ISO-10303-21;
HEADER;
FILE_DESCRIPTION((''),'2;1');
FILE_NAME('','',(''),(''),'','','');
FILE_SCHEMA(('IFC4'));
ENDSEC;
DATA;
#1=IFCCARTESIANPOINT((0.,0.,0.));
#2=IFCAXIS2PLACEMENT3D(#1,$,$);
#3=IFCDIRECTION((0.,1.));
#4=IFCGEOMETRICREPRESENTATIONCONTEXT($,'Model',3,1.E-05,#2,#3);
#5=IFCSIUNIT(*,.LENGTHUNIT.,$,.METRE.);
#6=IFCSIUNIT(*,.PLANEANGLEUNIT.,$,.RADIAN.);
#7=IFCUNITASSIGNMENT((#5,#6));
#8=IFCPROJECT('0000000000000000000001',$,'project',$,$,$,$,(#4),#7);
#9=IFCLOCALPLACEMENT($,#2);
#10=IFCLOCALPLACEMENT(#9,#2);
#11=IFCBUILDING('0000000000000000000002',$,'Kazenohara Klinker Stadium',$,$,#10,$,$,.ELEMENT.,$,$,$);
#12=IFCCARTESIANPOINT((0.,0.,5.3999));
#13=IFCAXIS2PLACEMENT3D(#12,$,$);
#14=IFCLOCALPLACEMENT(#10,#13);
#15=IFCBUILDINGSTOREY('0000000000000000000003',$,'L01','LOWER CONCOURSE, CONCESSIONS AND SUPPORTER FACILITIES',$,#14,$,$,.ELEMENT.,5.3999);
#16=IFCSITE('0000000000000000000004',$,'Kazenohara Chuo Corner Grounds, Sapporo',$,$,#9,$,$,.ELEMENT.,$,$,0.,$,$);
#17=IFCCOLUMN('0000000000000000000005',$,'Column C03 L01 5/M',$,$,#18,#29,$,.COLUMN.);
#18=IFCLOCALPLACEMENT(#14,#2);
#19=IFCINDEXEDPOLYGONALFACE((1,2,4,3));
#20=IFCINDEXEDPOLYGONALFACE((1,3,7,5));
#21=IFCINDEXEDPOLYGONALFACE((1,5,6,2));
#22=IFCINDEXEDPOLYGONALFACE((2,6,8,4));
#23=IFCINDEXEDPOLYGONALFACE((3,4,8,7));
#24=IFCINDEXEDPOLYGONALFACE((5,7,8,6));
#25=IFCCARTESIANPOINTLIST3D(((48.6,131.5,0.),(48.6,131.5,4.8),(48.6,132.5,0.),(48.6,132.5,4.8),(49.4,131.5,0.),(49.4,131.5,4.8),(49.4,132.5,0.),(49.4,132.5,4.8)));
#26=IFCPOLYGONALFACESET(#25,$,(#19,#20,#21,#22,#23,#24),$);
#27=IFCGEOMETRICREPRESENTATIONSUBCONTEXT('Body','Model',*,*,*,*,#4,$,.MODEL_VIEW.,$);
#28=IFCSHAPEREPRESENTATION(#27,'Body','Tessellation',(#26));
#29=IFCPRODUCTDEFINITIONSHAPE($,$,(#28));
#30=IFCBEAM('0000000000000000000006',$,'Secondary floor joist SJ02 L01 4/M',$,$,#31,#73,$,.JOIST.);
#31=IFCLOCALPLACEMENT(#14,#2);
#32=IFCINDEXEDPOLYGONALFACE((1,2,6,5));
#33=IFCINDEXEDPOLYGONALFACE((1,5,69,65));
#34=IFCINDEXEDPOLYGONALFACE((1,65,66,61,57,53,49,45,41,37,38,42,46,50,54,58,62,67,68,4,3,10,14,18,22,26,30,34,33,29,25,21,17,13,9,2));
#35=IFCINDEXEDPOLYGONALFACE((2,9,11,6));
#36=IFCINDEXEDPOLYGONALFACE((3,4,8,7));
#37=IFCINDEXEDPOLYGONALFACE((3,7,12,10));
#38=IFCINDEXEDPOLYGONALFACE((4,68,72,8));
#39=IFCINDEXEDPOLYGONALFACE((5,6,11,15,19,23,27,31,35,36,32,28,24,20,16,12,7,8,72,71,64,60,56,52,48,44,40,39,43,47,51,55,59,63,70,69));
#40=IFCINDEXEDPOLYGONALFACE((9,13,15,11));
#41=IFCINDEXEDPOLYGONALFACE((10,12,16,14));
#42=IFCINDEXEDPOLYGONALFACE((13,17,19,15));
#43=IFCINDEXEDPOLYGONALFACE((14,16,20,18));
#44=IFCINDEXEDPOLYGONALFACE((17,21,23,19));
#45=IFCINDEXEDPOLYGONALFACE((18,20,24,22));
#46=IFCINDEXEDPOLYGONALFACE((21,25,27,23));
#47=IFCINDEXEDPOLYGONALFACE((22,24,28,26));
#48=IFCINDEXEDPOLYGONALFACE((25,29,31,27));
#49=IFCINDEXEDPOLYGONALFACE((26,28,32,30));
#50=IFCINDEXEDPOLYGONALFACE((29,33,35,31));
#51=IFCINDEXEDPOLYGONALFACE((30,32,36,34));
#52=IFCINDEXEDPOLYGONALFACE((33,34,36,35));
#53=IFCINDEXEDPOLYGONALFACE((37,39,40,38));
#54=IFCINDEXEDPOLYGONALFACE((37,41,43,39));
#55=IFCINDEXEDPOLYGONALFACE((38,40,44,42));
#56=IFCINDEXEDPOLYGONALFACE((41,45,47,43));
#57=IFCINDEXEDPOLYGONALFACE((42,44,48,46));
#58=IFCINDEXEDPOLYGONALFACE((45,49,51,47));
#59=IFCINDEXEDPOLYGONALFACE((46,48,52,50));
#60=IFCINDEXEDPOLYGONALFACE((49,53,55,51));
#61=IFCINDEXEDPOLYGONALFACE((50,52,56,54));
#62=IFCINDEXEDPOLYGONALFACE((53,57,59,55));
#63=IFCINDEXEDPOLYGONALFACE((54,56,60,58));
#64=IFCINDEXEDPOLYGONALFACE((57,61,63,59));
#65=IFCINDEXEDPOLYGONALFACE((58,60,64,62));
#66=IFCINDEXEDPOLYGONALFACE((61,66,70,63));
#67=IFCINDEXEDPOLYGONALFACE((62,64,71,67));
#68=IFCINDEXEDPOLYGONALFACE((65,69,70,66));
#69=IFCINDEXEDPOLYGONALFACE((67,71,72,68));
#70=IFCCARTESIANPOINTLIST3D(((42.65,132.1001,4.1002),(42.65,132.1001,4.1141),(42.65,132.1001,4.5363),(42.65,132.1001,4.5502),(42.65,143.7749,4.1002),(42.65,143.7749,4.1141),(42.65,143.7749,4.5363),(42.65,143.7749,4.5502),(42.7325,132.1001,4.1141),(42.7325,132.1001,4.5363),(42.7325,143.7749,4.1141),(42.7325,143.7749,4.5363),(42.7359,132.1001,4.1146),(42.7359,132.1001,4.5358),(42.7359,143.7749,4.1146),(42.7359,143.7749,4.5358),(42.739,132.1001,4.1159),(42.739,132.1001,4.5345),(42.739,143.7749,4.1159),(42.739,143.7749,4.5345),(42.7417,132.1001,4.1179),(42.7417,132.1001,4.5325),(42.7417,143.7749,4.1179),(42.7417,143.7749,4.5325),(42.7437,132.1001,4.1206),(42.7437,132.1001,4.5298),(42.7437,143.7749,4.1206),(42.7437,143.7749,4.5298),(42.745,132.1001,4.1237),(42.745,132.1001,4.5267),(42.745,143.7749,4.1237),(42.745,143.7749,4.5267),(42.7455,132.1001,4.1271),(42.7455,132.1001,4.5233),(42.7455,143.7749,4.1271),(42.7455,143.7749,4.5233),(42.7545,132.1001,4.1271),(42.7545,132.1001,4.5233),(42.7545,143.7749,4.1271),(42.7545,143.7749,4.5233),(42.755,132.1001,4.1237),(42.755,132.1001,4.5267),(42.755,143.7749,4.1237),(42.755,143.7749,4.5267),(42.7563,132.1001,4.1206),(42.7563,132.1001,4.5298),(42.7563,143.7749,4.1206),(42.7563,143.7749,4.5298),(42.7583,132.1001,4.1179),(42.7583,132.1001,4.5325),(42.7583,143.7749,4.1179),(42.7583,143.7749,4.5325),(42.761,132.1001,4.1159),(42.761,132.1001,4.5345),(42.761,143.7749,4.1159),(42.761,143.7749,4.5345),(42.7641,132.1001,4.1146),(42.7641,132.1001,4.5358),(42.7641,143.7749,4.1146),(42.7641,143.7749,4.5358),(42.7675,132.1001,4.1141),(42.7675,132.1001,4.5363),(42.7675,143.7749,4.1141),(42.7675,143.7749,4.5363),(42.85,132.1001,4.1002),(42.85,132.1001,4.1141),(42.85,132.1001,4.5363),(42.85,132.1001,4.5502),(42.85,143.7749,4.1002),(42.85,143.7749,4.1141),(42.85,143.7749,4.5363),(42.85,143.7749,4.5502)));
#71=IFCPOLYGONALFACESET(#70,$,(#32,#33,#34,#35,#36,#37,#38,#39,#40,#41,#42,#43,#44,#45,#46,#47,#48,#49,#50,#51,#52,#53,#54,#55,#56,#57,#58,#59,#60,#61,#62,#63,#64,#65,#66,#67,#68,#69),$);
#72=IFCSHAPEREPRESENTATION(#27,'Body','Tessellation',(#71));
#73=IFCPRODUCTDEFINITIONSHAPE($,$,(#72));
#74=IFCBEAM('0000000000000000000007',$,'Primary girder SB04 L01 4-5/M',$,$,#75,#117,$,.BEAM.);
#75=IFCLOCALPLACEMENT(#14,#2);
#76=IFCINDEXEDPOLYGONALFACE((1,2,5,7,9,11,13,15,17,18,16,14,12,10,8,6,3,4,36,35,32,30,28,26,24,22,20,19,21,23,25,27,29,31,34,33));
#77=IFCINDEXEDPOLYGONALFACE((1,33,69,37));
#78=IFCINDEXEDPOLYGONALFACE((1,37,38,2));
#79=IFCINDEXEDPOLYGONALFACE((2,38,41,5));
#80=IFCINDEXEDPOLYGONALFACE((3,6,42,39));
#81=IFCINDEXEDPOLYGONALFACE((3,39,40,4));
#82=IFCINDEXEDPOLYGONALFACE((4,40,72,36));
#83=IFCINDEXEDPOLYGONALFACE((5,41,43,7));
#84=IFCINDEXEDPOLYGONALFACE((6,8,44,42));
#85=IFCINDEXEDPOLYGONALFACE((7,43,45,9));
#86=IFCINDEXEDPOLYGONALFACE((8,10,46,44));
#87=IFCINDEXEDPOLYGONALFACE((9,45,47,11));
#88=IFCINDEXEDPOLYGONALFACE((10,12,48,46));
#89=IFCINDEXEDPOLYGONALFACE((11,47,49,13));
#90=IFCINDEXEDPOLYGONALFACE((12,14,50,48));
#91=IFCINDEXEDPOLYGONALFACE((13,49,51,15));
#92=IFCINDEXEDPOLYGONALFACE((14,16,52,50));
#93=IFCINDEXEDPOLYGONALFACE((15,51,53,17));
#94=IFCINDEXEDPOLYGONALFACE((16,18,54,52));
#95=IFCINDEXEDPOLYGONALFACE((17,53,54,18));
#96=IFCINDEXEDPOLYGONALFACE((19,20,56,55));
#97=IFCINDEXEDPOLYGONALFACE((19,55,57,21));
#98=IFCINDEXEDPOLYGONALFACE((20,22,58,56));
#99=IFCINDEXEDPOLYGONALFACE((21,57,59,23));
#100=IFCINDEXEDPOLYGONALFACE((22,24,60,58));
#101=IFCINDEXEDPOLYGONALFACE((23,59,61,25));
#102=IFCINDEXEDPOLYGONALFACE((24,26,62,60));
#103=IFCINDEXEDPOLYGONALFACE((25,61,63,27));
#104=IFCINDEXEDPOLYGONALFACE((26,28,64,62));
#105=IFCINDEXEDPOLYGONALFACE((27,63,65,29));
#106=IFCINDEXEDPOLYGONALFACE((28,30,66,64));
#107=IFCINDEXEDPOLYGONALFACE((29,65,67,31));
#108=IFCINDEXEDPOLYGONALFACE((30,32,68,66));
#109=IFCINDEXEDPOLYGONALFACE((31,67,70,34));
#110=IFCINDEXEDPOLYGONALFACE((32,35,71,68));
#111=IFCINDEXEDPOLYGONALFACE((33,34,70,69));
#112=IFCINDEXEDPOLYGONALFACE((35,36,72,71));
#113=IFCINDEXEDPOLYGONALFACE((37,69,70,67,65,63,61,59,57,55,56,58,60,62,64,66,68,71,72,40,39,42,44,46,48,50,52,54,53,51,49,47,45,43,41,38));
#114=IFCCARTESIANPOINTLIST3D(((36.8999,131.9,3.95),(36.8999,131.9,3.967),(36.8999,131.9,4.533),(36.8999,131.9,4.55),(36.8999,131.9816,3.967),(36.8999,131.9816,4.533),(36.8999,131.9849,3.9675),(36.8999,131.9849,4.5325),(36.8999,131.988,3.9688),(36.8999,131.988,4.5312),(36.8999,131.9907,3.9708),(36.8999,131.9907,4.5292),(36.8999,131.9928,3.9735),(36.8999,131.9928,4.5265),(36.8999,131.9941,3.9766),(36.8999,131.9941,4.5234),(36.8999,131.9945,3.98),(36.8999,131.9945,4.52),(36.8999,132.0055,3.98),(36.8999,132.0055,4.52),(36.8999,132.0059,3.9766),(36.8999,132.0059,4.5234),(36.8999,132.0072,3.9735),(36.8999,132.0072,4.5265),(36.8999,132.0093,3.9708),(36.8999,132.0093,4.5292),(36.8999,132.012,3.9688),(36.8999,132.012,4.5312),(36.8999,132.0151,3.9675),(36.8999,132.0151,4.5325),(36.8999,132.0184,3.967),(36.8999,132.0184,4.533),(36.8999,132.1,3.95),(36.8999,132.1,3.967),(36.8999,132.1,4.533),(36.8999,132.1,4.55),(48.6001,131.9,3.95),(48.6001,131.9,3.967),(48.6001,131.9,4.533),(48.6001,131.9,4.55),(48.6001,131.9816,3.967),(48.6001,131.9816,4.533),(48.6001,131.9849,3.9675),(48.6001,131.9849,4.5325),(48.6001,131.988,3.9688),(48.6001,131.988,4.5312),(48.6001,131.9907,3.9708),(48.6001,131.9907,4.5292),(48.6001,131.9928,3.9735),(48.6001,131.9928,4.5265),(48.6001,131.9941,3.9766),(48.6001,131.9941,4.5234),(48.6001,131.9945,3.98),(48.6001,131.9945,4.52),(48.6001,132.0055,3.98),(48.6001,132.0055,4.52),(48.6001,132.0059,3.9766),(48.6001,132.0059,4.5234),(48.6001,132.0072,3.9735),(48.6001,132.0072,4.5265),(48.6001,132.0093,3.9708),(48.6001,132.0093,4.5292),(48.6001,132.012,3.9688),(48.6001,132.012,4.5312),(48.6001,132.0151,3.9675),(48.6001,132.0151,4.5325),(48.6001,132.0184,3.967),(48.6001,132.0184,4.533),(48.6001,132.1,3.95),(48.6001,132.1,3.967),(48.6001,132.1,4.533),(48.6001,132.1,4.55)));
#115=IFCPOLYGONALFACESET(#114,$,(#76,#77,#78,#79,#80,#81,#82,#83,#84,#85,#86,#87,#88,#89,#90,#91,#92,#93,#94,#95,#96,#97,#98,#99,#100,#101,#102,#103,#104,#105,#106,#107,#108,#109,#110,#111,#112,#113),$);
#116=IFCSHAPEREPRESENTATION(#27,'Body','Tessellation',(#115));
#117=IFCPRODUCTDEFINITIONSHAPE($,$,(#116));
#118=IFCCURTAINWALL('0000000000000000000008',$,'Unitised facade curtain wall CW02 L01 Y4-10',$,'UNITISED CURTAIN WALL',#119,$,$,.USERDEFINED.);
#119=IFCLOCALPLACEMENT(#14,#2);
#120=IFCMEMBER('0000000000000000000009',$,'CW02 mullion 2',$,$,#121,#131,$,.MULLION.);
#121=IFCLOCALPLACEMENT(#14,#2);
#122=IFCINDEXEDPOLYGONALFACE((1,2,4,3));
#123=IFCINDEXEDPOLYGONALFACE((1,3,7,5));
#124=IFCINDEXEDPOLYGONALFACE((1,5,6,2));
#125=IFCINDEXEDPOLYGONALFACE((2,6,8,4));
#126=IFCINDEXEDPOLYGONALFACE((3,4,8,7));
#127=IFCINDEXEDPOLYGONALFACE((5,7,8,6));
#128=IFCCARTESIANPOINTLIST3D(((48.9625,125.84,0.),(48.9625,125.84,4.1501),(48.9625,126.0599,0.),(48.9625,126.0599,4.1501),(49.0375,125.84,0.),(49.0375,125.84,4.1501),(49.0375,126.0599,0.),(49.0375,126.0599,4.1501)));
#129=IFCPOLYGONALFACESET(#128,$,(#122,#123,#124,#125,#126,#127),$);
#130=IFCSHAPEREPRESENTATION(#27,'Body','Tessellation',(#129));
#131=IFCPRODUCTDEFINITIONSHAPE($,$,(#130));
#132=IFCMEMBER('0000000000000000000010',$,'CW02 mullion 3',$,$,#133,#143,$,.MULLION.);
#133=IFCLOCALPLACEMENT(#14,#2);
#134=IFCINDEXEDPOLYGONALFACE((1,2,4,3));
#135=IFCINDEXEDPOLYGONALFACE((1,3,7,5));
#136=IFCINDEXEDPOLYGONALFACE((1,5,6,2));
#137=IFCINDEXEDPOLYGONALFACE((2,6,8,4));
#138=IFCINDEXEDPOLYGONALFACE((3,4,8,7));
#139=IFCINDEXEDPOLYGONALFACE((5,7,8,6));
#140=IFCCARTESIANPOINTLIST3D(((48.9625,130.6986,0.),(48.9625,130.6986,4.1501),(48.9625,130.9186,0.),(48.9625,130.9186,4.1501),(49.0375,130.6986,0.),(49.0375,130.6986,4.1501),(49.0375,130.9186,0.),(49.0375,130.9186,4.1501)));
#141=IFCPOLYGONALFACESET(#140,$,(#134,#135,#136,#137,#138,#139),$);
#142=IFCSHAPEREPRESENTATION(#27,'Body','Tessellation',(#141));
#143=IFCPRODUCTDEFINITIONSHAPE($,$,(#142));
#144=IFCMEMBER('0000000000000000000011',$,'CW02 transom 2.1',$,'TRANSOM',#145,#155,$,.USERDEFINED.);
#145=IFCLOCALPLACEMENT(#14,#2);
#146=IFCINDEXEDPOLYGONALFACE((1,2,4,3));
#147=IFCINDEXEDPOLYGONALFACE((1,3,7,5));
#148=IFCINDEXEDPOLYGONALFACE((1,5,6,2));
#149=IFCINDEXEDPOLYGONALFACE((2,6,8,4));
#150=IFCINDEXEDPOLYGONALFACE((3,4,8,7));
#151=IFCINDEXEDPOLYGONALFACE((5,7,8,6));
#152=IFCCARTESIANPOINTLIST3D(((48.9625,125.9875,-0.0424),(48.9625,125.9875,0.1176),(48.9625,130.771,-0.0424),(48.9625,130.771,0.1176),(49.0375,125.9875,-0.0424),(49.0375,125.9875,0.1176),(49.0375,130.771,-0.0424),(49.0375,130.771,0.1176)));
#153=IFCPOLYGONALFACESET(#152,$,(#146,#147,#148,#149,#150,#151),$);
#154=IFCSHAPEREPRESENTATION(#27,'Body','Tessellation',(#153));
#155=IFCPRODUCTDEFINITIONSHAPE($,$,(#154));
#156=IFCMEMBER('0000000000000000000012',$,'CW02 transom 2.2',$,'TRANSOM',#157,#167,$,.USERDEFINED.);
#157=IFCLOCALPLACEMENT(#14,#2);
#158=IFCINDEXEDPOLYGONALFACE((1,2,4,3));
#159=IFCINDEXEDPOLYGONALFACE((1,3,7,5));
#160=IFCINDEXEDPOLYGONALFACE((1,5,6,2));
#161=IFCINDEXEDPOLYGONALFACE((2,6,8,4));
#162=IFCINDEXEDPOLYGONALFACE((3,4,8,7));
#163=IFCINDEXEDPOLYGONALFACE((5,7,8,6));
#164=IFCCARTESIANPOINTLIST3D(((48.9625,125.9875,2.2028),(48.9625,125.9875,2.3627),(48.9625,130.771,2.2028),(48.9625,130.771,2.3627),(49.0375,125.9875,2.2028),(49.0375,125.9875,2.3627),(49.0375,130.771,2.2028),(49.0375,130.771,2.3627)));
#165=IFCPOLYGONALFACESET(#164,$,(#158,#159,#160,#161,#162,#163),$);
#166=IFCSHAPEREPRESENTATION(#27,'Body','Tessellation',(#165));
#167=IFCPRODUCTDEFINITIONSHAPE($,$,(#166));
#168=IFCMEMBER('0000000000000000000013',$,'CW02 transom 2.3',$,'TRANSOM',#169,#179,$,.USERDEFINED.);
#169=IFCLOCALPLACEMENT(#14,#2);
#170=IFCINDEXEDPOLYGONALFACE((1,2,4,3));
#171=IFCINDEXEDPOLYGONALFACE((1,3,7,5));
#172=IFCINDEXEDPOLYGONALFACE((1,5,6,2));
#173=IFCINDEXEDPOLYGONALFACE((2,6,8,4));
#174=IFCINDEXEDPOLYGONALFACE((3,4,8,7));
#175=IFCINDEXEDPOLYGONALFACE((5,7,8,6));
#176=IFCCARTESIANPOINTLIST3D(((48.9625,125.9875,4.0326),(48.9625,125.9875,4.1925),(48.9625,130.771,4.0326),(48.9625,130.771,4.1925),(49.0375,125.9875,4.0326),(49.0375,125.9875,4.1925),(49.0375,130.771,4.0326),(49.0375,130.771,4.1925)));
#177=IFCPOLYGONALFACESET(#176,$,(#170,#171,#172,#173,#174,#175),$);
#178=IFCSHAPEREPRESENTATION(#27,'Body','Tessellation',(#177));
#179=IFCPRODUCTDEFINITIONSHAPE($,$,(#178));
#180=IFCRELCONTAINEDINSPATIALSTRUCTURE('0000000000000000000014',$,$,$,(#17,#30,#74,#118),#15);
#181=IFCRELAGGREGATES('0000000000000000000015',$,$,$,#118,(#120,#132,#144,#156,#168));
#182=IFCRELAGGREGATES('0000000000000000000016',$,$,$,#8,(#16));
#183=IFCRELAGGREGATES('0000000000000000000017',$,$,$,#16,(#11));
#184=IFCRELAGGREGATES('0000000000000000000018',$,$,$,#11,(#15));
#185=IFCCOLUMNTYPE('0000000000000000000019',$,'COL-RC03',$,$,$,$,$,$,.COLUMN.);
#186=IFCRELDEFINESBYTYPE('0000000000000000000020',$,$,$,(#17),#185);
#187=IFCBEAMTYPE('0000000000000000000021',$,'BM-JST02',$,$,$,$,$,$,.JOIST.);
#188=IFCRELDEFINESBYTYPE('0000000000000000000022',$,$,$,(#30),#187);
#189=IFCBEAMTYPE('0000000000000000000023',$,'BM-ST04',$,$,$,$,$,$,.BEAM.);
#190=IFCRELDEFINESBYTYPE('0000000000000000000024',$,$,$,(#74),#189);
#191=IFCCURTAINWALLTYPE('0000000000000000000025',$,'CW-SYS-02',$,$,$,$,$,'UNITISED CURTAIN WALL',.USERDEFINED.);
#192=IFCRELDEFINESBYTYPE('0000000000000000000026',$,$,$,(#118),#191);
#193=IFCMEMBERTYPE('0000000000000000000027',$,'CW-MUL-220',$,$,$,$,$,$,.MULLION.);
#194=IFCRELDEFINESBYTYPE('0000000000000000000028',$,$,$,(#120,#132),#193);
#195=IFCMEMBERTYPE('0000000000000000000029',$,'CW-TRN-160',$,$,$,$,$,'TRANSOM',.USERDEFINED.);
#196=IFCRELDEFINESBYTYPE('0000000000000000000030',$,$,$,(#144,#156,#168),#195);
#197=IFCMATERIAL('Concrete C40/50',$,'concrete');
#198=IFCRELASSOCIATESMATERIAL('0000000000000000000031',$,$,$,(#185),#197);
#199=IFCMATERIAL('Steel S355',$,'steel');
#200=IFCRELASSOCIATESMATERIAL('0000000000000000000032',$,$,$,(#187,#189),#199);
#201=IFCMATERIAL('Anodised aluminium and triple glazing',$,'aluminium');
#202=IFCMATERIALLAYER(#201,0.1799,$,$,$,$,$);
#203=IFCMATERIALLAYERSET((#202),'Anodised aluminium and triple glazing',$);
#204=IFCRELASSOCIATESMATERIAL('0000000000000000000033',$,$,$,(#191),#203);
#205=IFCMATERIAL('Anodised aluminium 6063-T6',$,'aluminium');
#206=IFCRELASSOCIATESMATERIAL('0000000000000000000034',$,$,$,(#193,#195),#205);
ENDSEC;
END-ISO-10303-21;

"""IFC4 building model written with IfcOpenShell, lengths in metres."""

from ifc_helpers import new_model, si_unit, direction, frame, origin, origin_2d, place, context, subcontext, project, spatial, rectangle, i_section, extrude, material, layer, layer_set, material_profile, profile_set, type_object, element, aggregate, save


model = new_model("IFC4")

# Units and contexts
model_context = context("Model", 3, precision=1e-05, world=origin(), true_north=direction((0.0, 1.0)))
body_context = subcontext(model_context, "Body", "Model", "MODEL_VIEW")
ifc_project = project(units=[si_unit("LENGTHUNIT", "METRE"), si_unit("PLANEANGLEUNIT", "RADIAN")], contexts=[model_context])

# Site, building, storey
site_placement = place(None, origin())
site = spatial("IfcSite", under=ifc_project, at=site_placement, Name="Kazenohara Chuo Corner Grounds, Sapporo", CompositionType="ELEMENT", RefElevation=0.0)
building_placement = place(site_placement, origin())
building = spatial("IfcBuilding", under=site, at=building_placement, Name="Kazenohara Klinker Stadium", CompositionType="ELEMENT")
storey_placement = place(building_placement, frame((0.0, 0.0, 5.3999)))
storey = spatial("IfcBuildingStorey", under=building, at=storey_placement, Name="L01", Description="LOWER CONCOURSE, CONCESSIONS AND SUPPORTER FACILITIES", CompositionType="ELEMENT", Elevation=5.3999)

# Column
ifc_material_1 = material(Name="Concrete C40/50", Category="concrete")
ifc_material_profile_1 = material_profile(ifc_material_1, rectangle(XDim=0.8, YDim=1.0, at=origin_2d()), Name="RC-COL-1000x800")
ifc_profile_set_1 = profile_set([ifc_material_profile_1], Name="Concrete C40/50")
column_type = type_object("IfcColumnType", Name="COL-RC03", PredefinedType="COLUMN", material=ifc_profile_set_1)
column_placement = place(storey_placement, frame((49.0, 132.0, 0.0), z_axis=(0.0, 0.0, 1.0), x_axis=(1.0, 0.0, 0.0)))
element("IfcColumn", 1, at=column_placement, inside=storey, type_object=column_type, Name="Column C03 L01 5/M", PredefinedType="COLUMN", context=body_context, shape_type="SweptSolid", body=[
    extrude(rectangle(XDim=0.8, YDim=1.0, at=origin_2d()), origin(), (0.0, 0.0, 1.0), 4.8),
])

# Beams
ifc_material_2 = material(Name="Steel S355", Category="steel")
ifc_material_profile_2 = material_profile(ifc_material_2, i_section(OverallWidth=0.2, OverallDepth=0.45, WebThickness=0.009, FlangeThickness=0.0139, FilletRadius=0.0129, at=origin_2d()), Name="H-450x200x9x14")
ifc_profile_set_2 = profile_set([ifc_material_profile_2], Name="Steel S355")
beam_type_1 = type_object("IfcBeamType", Name="BM-JST02", PredefinedType="JOIST", material=ifc_profile_set_2)
beam_1_placement = place(storey_placement, frame((42.75, 132.1001, 4.3252), z_axis=(0.0, 1.0, 0.0), x_axis=(-1.0, 0.0, 0.0)))
element("IfcBeam", 2, at=beam_1_placement, inside=storey, type_object=beam_type_1, Name="Secondary floor joist SJ02 L01 4/M", PredefinedType="JOIST", context=body_context, shape_type="SweptSolid", body=[
    extrude(i_section(OverallWidth=0.2, OverallDepth=0.45, WebThickness=0.009, FlangeThickness=0.0139, FilletRadius=0.0129, at=origin_2d()), origin(), (0.0, 0.0, 1.0), 11.6748),
])
ifc_material_profile_3 = material_profile(ifc_material_2, i_section(OverallWidth=0.2, OverallDepth=0.6001, WebThickness=0.011, FlangeThickness=0.0171, FilletRadius=0.0129, at=origin_2d()), Name="H-600x200x11x17")
ifc_profile_set_3 = profile_set([ifc_material_profile_3], Name="Steel S355")
beam_type_2 = type_object("IfcBeamType", Name="BM-ST04", PredefinedType="BEAM", material=ifc_profile_set_3)
beam_2_placement = place(storey_placement, frame((36.8999, 132.0, 4.25), z_axis=(1.0, 0.0, 0.0), x_axis=(0.0, 1.0, 0.0)))
element("IfcBeam", 3, at=beam_2_placement, inside=storey, type_object=beam_type_2, Name="Primary girder SB04 L01 4-5/M", PredefinedType="BEAM", context=body_context, shape_type="SweptSolid", body=[
    extrude(i_section(OverallWidth=0.2, OverallDepth=0.6001, WebThickness=0.011, FlangeThickness=0.0171, FilletRadius=0.0129, at=origin_2d()), origin(), (0.0, 0.0, 1.0), 11.7002),
])

# Curtain wall, members
ifc_material_3 = material(Name="Anodised aluminium and triple glazing", Category="aluminium")
ifc_layer_1 = layer(ifc_material_3, 0.1799)
ifc_layer_set_1 = layer_set([ifc_layer_1], Name="Anodised aluminium and triple glazing")
curtain_wall_type = type_object("IfcCurtainWallType", Name="CW-SYS-02", ElementType="UNITISED CURTAIN WALL", PredefinedType="USERDEFINED", material=ifc_layer_set_1)
curtain_wall_placement = place(storey_placement, origin())
curtain_wall = element("IfcCurtainWall", 4, at=curtain_wall_placement, inside=storey, type_object=curtain_wall_type, Name="Unitised facade curtain wall CW02 L01 Y4-10", ObjectType="UNITISED CURTAIN WALL", PredefinedType="USERDEFINED")
ifc_material_4 = material(Name="Anodised aluminium 6063-T6", Category="aluminium")
ifc_material_profile_4 = material_profile(ifc_material_4, rectangle(XDim=0.075, YDim=0.22, at=origin_2d()), Name="ALU-MUL-75x220")
ifc_profile_set_4 = profile_set([ifc_material_profile_4], Name="Anodised aluminium 6063-T6")
member_type_1 = type_object("IfcMemberType", Name="CW-MUL-220", PredefinedType="MULLION", material=ifc_profile_set_4)
member_1_placement = place(storey_placement, frame((49.0, 125.95, 0.0), z_axis=(0.0, 0.0, 1.0), x_axis=(-1.0, 0.0, 0.0)))
member_1 = element("IfcMember", 5, at=member_1_placement, type_object=member_type_1, Name="CW02 mullion 2", PredefinedType="MULLION", context=body_context, shape_type="SweptSolid", body=[
    extrude(rectangle(XDim=0.075, YDim=0.22, at=origin_2d()), origin(), (0.0, 0.0, 1.0), 4.1501),
])
member_2_placement = place(storey_placement, frame((49.0, 130.8086, 0.0), z_axis=(0.0, 0.0, 1.0), x_axis=(-1.0, 0.0, 0.0)))
member_2 = element("IfcMember", 6, at=member_2_placement, type_object=member_type_1, Name="CW02 mullion 3", PredefinedType="MULLION", context=body_context, shape_type="SweptSolid", body=[
    extrude(rectangle(XDim=0.075, YDim=0.22, at=origin_2d()), origin(), (0.0, 0.0, 1.0), 4.1501),
])
ifc_material_profile_5 = material_profile(ifc_material_4, rectangle(XDim=0.075, YDim=0.1599, at=origin_2d()), Name="ALU-TRN-75x160")
ifc_profile_set_5 = profile_set([ifc_material_profile_5], Name="Anodised aluminium 6063-T6")
member_type_2 = type_object("IfcMemberType", Name="CW-TRN-160", ElementType="TRANSOM", PredefinedType="USERDEFINED", material=ifc_profile_set_5)
member_3_placement = place(storey_placement, frame((49.0, 125.9875, 0.0376), z_axis=(0.0, 1.0, 0.0), x_axis=(-1.0, 0.0, 0.0)))
member_3 = element("IfcMember", 7, at=member_3_placement, type_object=member_type_2, Name="CW02 transom 2.1", ObjectType="TRANSOM", PredefinedType="USERDEFINED", context=body_context, shape_type="SweptSolid", body=[
    extrude(rectangle(XDim=0.075, YDim=0.1599, at=origin_2d()), origin(), (0.0, 0.0, 1.0), 4.7834),
])
member_4_placement = place(storey_placement, frame((49.0, 125.9875, 2.2827), z_axis=(0.0, 1.0, 0.0), x_axis=(-1.0, 0.0, 0.0)))
member_4 = element("IfcMember", 8, at=member_4_placement, type_object=member_type_2, Name="CW02 transom 2.2", ObjectType="TRANSOM", PredefinedType="USERDEFINED", context=body_context, shape_type="SweptSolid", body=[
    extrude(rectangle(XDim=0.075, YDim=0.1599, at=origin_2d()), origin(), (0.0, 0.0, 1.0), 4.7834),
])
member_5_placement = place(storey_placement, frame((49.0, 125.9875, 4.1125), z_axis=(0.0, 1.0, 0.0), x_axis=(-1.0, 0.0, 0.0)))
member_5 = element("IfcMember", 9, at=member_5_placement, type_object=member_type_2, Name="CW02 transom 2.3", ObjectType="TRANSOM", PredefinedType="USERDEFINED", context=body_context, shape_type="SweptSolid", body=[
    extrude(rectangle(XDim=0.075, YDim=0.1599, at=origin_2d()), origin(), (0.0, 0.0, 1.0), 4.7834),
])
aggregate(curtain_wall, [member_1, member_2, member_3, member_4, member_5])

save(model, "model.ifc")
